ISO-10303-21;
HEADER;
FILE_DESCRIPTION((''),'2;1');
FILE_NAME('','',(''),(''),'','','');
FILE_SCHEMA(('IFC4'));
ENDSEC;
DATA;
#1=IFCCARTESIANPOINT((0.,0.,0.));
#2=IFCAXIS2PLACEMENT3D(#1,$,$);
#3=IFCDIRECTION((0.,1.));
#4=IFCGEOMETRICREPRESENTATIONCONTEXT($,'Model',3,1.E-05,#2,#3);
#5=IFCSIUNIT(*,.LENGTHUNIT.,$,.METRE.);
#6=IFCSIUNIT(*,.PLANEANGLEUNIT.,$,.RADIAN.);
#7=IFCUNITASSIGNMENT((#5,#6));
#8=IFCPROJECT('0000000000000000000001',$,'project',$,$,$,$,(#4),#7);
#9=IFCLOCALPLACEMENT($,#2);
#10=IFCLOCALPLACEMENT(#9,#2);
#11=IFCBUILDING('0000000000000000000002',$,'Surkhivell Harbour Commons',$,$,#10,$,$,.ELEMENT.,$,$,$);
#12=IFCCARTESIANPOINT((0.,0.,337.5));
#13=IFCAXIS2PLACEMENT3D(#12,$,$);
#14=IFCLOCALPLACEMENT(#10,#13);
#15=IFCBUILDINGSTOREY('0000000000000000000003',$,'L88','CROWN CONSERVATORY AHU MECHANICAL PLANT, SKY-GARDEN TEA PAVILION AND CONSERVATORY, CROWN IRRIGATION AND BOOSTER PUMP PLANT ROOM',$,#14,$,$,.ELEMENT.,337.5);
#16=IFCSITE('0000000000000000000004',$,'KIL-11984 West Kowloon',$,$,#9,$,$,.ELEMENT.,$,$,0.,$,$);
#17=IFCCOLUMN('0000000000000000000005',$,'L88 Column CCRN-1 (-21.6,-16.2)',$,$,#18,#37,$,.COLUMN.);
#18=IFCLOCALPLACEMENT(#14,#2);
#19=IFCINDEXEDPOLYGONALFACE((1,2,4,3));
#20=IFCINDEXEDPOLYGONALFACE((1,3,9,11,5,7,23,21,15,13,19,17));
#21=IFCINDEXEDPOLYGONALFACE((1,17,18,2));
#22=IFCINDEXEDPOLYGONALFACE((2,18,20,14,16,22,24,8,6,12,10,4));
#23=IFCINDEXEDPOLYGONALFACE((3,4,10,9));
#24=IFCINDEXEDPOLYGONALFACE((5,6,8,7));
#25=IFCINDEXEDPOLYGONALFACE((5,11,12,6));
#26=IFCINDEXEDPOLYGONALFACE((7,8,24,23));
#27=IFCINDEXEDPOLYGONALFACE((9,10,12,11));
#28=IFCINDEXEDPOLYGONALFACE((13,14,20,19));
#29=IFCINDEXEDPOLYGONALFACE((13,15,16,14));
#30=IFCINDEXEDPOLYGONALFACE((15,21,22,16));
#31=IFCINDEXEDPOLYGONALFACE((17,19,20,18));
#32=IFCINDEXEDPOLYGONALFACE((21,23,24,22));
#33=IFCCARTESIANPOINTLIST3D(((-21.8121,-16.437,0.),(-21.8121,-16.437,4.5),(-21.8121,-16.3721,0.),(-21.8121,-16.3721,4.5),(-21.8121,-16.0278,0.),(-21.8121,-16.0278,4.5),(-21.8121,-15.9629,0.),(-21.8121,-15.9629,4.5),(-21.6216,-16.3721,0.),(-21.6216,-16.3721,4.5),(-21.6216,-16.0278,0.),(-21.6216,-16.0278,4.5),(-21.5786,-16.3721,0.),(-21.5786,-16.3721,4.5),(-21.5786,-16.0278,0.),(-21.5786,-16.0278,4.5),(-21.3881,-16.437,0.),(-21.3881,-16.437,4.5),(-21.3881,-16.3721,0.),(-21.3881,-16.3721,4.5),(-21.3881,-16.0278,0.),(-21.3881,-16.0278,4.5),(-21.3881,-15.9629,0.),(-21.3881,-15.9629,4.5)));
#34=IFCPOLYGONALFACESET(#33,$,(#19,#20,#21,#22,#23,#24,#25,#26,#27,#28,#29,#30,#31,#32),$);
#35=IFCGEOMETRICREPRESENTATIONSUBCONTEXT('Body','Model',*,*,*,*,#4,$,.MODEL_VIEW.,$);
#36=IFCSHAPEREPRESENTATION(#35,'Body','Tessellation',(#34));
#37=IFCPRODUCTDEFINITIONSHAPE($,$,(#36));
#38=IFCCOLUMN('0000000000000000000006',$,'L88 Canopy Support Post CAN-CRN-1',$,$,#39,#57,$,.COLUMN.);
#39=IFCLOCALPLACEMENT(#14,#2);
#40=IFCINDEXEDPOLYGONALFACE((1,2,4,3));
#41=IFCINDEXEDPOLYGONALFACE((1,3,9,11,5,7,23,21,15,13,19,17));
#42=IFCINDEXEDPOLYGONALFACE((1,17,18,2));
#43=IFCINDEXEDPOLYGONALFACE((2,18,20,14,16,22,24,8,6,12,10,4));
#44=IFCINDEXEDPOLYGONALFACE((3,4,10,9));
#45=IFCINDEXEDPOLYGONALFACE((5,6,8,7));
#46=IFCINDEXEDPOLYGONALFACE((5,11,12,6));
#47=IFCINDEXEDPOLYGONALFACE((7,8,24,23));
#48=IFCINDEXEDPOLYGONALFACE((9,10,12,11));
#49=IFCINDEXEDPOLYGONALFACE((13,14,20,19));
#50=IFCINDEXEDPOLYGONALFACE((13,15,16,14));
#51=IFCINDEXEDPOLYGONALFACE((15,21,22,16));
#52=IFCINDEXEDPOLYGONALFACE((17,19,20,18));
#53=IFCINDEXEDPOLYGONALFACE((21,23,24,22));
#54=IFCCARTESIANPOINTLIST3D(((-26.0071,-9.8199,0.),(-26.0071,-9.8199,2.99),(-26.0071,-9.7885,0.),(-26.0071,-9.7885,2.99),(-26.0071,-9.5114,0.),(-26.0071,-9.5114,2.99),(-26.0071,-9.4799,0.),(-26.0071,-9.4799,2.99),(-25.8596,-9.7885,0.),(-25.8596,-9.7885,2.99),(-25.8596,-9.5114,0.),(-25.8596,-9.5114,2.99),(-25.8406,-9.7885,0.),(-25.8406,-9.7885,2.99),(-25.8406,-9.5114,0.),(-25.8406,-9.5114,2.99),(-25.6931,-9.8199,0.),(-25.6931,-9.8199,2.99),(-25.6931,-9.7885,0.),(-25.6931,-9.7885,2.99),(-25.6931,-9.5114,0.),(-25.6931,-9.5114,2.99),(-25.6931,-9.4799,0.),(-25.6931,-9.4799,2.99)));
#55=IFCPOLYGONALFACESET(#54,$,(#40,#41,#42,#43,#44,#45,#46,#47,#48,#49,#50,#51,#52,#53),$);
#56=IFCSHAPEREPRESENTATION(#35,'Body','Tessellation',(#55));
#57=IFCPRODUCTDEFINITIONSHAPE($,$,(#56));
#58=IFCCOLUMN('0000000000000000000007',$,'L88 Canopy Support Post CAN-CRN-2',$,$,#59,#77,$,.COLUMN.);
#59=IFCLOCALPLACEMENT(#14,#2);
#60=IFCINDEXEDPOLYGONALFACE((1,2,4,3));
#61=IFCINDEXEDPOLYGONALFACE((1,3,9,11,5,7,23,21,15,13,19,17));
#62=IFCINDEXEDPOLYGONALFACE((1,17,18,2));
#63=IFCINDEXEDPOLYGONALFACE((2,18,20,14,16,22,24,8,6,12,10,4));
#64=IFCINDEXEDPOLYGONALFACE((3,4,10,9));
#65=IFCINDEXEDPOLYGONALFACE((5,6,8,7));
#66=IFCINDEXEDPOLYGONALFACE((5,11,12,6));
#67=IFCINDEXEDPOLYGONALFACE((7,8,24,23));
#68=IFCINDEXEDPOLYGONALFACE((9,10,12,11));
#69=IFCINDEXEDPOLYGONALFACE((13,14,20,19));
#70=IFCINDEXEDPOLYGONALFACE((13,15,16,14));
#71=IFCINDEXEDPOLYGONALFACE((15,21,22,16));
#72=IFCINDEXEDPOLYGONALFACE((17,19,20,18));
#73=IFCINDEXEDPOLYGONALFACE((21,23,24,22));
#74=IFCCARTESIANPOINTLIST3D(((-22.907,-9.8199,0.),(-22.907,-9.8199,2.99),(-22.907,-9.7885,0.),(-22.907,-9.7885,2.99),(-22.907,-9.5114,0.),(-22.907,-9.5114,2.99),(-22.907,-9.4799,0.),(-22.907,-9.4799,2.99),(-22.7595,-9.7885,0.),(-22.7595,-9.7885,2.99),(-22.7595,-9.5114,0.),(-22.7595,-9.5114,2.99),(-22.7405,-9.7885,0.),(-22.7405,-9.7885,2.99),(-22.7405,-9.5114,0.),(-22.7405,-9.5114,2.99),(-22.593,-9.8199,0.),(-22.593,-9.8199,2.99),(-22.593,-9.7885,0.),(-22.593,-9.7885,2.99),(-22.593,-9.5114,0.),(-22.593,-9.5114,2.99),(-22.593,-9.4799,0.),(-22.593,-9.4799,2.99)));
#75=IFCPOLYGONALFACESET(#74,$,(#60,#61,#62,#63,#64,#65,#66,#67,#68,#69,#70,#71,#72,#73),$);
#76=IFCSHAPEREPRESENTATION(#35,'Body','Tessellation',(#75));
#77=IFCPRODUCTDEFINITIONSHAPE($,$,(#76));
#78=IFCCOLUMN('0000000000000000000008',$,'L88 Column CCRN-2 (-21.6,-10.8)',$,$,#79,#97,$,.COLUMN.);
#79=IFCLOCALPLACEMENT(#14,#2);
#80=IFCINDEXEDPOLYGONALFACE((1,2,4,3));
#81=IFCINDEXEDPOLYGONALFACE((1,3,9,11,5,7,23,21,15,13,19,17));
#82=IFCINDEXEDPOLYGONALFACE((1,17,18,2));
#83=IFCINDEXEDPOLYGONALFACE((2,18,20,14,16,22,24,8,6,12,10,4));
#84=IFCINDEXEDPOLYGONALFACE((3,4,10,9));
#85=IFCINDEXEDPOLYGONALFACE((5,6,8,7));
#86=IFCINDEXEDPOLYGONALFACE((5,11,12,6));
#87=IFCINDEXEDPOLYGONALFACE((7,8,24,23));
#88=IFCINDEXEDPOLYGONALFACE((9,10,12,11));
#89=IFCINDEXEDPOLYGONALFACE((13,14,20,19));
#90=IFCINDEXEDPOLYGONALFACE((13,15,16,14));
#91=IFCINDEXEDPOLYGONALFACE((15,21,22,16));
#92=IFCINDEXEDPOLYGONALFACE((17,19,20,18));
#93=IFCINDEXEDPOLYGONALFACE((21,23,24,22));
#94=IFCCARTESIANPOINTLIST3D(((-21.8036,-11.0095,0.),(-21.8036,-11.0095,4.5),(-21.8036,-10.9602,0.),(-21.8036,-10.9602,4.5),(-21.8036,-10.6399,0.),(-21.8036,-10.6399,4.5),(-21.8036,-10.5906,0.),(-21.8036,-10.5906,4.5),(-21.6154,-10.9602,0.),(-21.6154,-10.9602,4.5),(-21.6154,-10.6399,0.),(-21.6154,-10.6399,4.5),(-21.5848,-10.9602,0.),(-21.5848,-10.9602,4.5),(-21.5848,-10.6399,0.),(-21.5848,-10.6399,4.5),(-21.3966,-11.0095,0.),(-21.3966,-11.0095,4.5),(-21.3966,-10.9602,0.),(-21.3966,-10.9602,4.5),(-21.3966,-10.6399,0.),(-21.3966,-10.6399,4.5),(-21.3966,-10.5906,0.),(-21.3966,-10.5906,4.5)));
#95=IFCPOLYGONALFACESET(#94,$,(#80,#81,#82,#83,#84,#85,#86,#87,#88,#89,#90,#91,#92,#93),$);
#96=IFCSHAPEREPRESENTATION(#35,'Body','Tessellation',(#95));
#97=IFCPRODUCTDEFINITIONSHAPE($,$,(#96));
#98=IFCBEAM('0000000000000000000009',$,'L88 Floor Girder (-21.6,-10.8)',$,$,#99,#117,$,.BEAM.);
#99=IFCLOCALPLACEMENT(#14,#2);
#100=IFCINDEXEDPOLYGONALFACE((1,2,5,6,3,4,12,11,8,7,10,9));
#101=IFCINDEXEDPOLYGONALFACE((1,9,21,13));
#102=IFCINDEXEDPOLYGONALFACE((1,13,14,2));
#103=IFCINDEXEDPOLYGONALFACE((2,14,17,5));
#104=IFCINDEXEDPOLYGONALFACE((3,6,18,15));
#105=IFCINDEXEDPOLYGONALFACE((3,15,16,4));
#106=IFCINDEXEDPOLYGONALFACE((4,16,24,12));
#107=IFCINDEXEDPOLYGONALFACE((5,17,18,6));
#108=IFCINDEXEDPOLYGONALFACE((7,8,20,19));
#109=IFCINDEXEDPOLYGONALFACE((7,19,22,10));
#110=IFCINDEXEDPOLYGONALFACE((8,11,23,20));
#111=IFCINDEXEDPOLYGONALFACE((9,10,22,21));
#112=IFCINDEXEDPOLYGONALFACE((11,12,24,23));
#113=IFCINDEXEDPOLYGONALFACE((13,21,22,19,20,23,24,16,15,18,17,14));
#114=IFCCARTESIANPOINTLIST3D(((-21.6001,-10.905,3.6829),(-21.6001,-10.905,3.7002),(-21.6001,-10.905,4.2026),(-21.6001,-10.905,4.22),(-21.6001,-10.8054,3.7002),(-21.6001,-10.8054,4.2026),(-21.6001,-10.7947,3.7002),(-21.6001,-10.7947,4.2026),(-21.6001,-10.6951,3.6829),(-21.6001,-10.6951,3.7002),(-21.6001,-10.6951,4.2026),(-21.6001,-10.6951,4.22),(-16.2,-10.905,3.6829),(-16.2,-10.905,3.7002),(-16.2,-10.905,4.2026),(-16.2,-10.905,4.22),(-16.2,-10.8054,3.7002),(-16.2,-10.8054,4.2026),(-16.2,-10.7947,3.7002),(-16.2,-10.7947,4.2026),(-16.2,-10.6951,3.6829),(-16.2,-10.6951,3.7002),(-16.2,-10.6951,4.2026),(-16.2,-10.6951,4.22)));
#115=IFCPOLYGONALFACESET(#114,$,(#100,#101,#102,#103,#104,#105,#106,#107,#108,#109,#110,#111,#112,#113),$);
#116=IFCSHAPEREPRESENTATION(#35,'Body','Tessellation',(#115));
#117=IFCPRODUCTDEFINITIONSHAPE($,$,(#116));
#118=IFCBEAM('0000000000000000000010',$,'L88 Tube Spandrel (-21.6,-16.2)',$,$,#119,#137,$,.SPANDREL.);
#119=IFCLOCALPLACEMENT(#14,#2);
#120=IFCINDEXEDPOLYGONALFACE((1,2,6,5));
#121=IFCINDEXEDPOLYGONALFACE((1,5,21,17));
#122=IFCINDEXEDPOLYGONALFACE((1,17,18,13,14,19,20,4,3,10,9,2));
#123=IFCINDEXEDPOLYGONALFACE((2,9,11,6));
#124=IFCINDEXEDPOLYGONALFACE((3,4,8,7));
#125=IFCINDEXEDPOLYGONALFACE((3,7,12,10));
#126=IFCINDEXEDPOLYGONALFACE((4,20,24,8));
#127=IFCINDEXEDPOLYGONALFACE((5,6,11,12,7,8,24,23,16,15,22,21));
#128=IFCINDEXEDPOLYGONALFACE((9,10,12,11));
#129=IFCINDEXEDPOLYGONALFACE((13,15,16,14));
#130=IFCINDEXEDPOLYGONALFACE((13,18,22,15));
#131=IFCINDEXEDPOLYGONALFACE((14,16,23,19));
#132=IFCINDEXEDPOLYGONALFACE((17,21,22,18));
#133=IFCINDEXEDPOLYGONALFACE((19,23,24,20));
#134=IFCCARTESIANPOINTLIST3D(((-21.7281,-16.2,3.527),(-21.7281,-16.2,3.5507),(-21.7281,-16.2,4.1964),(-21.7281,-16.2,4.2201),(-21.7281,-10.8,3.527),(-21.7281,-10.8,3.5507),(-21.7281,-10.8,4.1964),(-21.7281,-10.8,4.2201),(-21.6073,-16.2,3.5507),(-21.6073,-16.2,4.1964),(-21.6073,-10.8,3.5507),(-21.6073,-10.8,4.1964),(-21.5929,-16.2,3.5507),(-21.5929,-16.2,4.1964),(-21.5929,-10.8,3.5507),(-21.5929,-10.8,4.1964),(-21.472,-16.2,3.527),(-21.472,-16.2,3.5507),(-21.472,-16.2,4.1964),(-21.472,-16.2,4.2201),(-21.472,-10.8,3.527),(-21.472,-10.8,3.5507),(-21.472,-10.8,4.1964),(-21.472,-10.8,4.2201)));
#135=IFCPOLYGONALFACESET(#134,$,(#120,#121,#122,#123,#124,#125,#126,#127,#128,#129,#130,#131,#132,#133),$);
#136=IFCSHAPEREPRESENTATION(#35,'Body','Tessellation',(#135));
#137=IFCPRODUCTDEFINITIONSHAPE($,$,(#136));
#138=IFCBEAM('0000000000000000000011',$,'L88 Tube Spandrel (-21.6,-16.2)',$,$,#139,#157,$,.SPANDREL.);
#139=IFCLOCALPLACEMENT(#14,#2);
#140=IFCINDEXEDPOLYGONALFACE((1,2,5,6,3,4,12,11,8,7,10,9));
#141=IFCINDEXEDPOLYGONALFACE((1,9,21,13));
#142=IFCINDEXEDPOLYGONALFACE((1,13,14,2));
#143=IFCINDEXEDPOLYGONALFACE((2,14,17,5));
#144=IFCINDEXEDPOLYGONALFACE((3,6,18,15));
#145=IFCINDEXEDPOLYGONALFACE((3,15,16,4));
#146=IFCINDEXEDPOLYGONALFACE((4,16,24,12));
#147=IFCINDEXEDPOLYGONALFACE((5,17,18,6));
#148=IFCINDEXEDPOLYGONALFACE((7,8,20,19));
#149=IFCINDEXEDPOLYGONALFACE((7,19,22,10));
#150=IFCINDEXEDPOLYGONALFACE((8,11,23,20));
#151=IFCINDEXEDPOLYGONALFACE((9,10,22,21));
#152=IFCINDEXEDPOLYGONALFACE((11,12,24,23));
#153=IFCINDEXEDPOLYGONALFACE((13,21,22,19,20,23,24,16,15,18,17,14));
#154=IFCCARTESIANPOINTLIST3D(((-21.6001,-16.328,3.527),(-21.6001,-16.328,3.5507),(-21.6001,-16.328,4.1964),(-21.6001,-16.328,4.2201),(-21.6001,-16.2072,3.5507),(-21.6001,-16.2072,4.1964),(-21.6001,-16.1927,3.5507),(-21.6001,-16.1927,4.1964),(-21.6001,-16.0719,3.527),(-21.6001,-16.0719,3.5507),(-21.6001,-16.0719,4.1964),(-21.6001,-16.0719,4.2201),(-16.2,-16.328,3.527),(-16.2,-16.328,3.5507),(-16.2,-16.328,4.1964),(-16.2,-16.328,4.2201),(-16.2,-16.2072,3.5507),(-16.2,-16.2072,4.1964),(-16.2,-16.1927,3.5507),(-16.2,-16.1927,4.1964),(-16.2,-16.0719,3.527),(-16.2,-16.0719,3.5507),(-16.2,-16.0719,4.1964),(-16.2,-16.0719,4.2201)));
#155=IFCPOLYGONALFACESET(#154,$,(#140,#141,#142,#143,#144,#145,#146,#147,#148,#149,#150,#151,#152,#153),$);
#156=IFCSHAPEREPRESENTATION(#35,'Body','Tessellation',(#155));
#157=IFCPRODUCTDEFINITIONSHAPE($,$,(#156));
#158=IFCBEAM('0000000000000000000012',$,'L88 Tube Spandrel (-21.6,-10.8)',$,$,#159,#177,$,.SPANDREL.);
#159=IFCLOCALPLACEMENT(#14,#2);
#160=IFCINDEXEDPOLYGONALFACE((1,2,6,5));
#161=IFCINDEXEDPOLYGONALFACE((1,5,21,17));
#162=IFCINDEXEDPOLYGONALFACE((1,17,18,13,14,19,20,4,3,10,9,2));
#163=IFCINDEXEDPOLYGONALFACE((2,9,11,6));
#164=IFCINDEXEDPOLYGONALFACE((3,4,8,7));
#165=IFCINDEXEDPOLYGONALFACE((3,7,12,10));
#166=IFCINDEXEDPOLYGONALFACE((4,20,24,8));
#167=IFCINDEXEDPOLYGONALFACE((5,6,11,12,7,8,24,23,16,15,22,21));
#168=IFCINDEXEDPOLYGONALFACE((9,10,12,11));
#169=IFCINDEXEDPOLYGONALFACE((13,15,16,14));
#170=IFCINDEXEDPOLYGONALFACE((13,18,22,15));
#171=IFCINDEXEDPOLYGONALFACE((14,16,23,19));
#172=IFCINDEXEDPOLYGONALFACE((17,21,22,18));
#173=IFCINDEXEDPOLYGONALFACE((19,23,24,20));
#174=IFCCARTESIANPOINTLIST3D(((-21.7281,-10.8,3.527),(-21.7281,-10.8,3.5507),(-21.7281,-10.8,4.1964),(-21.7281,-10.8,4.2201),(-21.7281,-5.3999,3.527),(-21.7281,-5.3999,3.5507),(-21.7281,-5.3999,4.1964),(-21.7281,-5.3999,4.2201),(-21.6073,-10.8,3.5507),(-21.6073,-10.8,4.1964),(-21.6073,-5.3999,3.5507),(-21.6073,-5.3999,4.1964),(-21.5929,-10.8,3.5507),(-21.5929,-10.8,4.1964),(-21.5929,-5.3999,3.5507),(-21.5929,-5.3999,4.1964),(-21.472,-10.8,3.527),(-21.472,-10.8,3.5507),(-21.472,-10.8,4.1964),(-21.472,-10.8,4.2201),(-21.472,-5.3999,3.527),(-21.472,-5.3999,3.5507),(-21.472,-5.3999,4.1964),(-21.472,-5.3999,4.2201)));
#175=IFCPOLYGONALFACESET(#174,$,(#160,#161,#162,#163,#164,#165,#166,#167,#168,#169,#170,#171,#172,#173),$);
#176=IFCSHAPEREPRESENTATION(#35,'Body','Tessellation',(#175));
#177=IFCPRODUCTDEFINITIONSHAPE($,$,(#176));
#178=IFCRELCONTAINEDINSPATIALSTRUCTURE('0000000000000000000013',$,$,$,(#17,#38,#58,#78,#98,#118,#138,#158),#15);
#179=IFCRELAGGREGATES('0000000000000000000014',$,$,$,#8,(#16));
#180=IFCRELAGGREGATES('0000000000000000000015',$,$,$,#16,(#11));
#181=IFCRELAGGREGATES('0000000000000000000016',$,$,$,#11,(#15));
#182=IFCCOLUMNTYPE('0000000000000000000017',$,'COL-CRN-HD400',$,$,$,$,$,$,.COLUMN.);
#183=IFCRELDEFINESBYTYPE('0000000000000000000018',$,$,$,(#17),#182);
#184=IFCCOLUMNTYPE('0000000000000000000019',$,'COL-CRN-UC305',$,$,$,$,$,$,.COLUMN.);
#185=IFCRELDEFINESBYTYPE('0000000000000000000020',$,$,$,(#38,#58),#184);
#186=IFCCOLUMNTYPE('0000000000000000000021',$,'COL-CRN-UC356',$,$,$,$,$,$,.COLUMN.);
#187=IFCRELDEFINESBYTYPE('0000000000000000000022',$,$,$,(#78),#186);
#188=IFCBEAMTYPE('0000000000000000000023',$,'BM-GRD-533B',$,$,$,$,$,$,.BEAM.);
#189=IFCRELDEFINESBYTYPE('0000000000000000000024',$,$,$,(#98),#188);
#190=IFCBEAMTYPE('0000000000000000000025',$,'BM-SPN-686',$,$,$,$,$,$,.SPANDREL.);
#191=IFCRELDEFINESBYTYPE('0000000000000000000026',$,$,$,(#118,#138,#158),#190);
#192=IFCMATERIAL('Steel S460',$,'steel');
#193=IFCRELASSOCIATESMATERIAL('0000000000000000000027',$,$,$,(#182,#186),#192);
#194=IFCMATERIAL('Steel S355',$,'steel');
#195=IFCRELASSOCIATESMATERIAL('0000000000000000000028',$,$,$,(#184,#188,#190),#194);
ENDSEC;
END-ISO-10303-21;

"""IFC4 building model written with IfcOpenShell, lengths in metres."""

from ifc_helpers import new_model, si_unit, direction, frame, origin, origin_2d, place, context, subcontext, project, spatial, i_section, extrude, material, material_profile, profile_set, type_object, element, save


model = new_model("IFC4")

# Units and contexts
model_context = context("Model", 3, precision=1e-05, world=origin(), true_north=direction((0.0, 1.0)))
body_context = subcontext(model_context, "Body", "Model", "MODEL_VIEW")
ifc_project = project(units=[si_unit("LENGTHUNIT", "METRE"), si_unit("PLANEANGLEUNIT", "RADIAN")], contexts=[model_context])

# Site, building, storey
site_placement = place(None, origin())
site = spatial("IfcSite", under=ifc_project, at=site_placement, Name="KIL-11984 West Kowloon", CompositionType="ELEMENT", RefElevation=0.0)
building_placement = place(site_placement, origin())
building = spatial("IfcBuilding", under=site, at=building_placement, Name="Surkhivell Harbour Commons", CompositionType="ELEMENT")
storey_placement = place(building_placement, frame((0.0, 0.0, 337.5)))
storey = spatial("IfcBuildingStorey", under=building, at=storey_placement, Name="L88", Description="CROWN CONSERVATORY AHU MECHANICAL PLANT, SKY-GARDEN TEA PAVILION AND CONSERVATORY, CROWN IRRIGATION AND BOOSTER PUMP PLANT ROOM", CompositionType="ELEMENT", Elevation=337.5)

# Columns
ifc_material_1 = material(Name="Steel S460", Category="steel")
ifc_material_profile_1 = material_profile(ifc_material_1, i_section(OverallWidth=0.4241, OverallDepth=0.4741, WebThickness=0.043, FlangeThickness=0.0649, at=origin_2d()), Name="HD400x634")
ifc_profile_set_1 = profile_set([ifc_material_profile_1], Name="Steel S460")
column_type_1 = type_object("IfcColumnType", Name="COL-CRN-HD400", PredefinedType="COLUMN", material=ifc_profile_set_1)
column_1_placement = place(storey_placement, frame((-21.6001, -16.2, 0.0), z_axis=(0.0, 0.0, 1.0), x_axis=(1.0, 0.0, 0.0)))
element("IfcColumn", 1, at=column_1_placement, inside=storey, type_object=column_type_1, Name="L88 Column CCRN-1 (-21.6,-16.2)", PredefinedType="COLUMN", context=body_context, shape_type="SweptSolid", body=[
    extrude(i_section(OverallWidth=0.4241, OverallDepth=0.4741, WebThickness=0.043, FlangeThickness=0.0649, at=origin_2d()), origin(), (0.0, 0.0, 1.0), 4.5),
])
ifc_material_2 = material(Name="Steel S355", Category="steel")
ifc_material_profile_2 = material_profile(ifc_material_2, i_section(OverallWidth=0.314, OverallDepth=0.3401, WebThickness=0.019, FlangeThickness=0.0315, at=origin_2d()), Name="UC305x305x198")
ifc_profile_set_2 = profile_set([ifc_material_profile_2], Name="Steel S355")
column_type_2 = type_object("IfcColumnType", Name="COL-CRN-UC305", PredefinedType="COLUMN", material=ifc_profile_set_2)
for number, where, z_axis, x_axis, name in (
    (2, (-25.8501, -9.6499, 0.0), (0.0, 0.0, 1.0), (1.0, 0.0, 0.0), "L88 Canopy Support Post CAN-CRN-1"),
    (3, (-22.75, -9.6499, 0.0), (0.0, 0.0, 1.0), (1.0, 0.0, 0.0), "L88 Canopy Support Post CAN-CRN-2"),
):
    element("IfcColumn", number, at=place(storey_placement, frame(where, z_axis=z_axis, x_axis=x_axis)), inside=storey, type_object=column_type_2, Name=name, PredefinedType="COLUMN", context=body_context, shape_type="SweptSolid", body=[
        extrude(i_section(OverallWidth=0.314, OverallDepth=0.3401, WebThickness=0.019, FlangeThickness=0.0315, at=origin_2d()), origin(), (0.0, 0.0, 1.0), 2.99),
    ])
ifc_material_profile_3 = material_profile(ifc_material_1, i_section(OverallWidth=0.407, OverallDepth=0.4189, WebThickness=0.0305, FlangeThickness=0.0493, at=origin_2d()), Name="UC356x406x393")
ifc_profile_set_3 = profile_set([ifc_material_profile_3], Name="Steel S460")
column_type_3 = type_object("IfcColumnType", Name="COL-CRN-UC356", PredefinedType="COLUMN", material=ifc_profile_set_3)
column_2_placement = place(storey_placement, frame((-21.6001, -10.8, 0.0), z_axis=(0.0, 0.0, 1.0), x_axis=(1.0, 0.0, 0.0)))
element("IfcColumn", 4, at=column_2_placement, inside=storey, type_object=column_type_3, Name="L88 Column CCRN-2 (-21.6,-10.8)", PredefinedType="COLUMN", context=body_context, shape_type="SweptSolid", body=[
    extrude(i_section(OverallWidth=0.407, OverallDepth=0.4189, WebThickness=0.0305, FlangeThickness=0.0493, at=origin_2d()), origin(), (0.0, 0.0, 1.0), 4.5),
])

# Beams
ifc_material_profile_4 = material_profile(ifc_material_2, i_section(OverallWidth=0.21, OverallDepth=0.5371, WebThickness=0.0107, FlangeThickness=0.0173, at=origin_2d()), Name="UB533x210x101")
ifc_profile_set_4 = profile_set([ifc_material_profile_4], Name="Steel S355")
beam_type_1 = type_object("IfcBeamType", Name="BM-GRD-533B", PredefinedType="BEAM", material=ifc_profile_set_4)
beam_1_placement = place(storey_placement, frame((-21.6001, -10.8, 3.9514), z_axis=(1.0, 0.0, 0.0), x_axis=(0.0, 1.0, 0.0)))
element("IfcBeam", 5, at=beam_1_placement, inside=storey, type_object=beam_type_1, Name="L88 Floor Girder (-21.6,-10.8)", PredefinedType="BEAM", context=body_context, shape_type="SweptSolid", body=[
    extrude(i_section(OverallWidth=0.21, OverallDepth=0.5371, WebThickness=0.0107, FlangeThickness=0.0173, at=origin_2d()), origin(), (0.0, 0.0, 1.0), 5.4001),
])
ifc_material_profile_5 = material_profile(ifc_material_2, i_section(OverallWidth=0.2561, OverallDepth=0.6931, WebThickness=0.0144, FlangeThickness=0.0237, at=origin_2d()), Name="UB686x254x170")
ifc_profile_set_5 = profile_set([ifc_material_profile_5], Name="Steel S355")
beam_type_2 = type_object("IfcBeamType", Name="BM-SPN-686", PredefinedType="SPANDREL", material=ifc_profile_set_5)
beam_2_placement = place(storey_placement, frame((-21.6001, -16.2, 3.8735), z_axis=(0.0, 1.0, 0.0), x_axis=(-1.0, 0.0, 0.0)))
element("IfcBeam", 6, at=beam_2_placement, inside=storey, type_object=beam_type_2, Name="L88 Tube Spandrel (-21.6,-16.2)", PredefinedType="SPANDREL", context=body_context, shape_type="SweptSolid", body=[
    extrude(i_section(OverallWidth=0.2561, OverallDepth=0.6931, WebThickness=0.0144, FlangeThickness=0.0237, at=origin_2d()), origin(), (0.0, 0.0, 1.0), 5.3999),
])
for number, where, z_axis, x_axis, name in (
    (7, (-21.6001, -16.2, 3.8735), (1.0, 0.0, 0.0), (0.0, 1.0, 0.0), "L88 Tube Spandrel (-21.6,-16.2)"),
    (8, (-21.6001, -10.8, 3.8735), (0.0, 1.0, 0.0), (-1.0, 0.0, 0.0), "L88 Tube Spandrel (-21.6,-10.8)"),
):
    element("IfcBeam", number, at=place(storey_placement, frame(where, z_axis=z_axis, x_axis=x_axis)), inside=storey, type_object=beam_type_2, Name=name, PredefinedType="SPANDREL", context=body_context, shape_type="SweptSolid", body=[
        extrude(i_section(OverallWidth=0.2561, OverallDepth=0.6931, WebThickness=0.0144, FlangeThickness=0.0237, at=origin_2d()), origin(), (0.0, 0.0, 1.0), 5.4001),
    ])

save(model, "model.ifc")
